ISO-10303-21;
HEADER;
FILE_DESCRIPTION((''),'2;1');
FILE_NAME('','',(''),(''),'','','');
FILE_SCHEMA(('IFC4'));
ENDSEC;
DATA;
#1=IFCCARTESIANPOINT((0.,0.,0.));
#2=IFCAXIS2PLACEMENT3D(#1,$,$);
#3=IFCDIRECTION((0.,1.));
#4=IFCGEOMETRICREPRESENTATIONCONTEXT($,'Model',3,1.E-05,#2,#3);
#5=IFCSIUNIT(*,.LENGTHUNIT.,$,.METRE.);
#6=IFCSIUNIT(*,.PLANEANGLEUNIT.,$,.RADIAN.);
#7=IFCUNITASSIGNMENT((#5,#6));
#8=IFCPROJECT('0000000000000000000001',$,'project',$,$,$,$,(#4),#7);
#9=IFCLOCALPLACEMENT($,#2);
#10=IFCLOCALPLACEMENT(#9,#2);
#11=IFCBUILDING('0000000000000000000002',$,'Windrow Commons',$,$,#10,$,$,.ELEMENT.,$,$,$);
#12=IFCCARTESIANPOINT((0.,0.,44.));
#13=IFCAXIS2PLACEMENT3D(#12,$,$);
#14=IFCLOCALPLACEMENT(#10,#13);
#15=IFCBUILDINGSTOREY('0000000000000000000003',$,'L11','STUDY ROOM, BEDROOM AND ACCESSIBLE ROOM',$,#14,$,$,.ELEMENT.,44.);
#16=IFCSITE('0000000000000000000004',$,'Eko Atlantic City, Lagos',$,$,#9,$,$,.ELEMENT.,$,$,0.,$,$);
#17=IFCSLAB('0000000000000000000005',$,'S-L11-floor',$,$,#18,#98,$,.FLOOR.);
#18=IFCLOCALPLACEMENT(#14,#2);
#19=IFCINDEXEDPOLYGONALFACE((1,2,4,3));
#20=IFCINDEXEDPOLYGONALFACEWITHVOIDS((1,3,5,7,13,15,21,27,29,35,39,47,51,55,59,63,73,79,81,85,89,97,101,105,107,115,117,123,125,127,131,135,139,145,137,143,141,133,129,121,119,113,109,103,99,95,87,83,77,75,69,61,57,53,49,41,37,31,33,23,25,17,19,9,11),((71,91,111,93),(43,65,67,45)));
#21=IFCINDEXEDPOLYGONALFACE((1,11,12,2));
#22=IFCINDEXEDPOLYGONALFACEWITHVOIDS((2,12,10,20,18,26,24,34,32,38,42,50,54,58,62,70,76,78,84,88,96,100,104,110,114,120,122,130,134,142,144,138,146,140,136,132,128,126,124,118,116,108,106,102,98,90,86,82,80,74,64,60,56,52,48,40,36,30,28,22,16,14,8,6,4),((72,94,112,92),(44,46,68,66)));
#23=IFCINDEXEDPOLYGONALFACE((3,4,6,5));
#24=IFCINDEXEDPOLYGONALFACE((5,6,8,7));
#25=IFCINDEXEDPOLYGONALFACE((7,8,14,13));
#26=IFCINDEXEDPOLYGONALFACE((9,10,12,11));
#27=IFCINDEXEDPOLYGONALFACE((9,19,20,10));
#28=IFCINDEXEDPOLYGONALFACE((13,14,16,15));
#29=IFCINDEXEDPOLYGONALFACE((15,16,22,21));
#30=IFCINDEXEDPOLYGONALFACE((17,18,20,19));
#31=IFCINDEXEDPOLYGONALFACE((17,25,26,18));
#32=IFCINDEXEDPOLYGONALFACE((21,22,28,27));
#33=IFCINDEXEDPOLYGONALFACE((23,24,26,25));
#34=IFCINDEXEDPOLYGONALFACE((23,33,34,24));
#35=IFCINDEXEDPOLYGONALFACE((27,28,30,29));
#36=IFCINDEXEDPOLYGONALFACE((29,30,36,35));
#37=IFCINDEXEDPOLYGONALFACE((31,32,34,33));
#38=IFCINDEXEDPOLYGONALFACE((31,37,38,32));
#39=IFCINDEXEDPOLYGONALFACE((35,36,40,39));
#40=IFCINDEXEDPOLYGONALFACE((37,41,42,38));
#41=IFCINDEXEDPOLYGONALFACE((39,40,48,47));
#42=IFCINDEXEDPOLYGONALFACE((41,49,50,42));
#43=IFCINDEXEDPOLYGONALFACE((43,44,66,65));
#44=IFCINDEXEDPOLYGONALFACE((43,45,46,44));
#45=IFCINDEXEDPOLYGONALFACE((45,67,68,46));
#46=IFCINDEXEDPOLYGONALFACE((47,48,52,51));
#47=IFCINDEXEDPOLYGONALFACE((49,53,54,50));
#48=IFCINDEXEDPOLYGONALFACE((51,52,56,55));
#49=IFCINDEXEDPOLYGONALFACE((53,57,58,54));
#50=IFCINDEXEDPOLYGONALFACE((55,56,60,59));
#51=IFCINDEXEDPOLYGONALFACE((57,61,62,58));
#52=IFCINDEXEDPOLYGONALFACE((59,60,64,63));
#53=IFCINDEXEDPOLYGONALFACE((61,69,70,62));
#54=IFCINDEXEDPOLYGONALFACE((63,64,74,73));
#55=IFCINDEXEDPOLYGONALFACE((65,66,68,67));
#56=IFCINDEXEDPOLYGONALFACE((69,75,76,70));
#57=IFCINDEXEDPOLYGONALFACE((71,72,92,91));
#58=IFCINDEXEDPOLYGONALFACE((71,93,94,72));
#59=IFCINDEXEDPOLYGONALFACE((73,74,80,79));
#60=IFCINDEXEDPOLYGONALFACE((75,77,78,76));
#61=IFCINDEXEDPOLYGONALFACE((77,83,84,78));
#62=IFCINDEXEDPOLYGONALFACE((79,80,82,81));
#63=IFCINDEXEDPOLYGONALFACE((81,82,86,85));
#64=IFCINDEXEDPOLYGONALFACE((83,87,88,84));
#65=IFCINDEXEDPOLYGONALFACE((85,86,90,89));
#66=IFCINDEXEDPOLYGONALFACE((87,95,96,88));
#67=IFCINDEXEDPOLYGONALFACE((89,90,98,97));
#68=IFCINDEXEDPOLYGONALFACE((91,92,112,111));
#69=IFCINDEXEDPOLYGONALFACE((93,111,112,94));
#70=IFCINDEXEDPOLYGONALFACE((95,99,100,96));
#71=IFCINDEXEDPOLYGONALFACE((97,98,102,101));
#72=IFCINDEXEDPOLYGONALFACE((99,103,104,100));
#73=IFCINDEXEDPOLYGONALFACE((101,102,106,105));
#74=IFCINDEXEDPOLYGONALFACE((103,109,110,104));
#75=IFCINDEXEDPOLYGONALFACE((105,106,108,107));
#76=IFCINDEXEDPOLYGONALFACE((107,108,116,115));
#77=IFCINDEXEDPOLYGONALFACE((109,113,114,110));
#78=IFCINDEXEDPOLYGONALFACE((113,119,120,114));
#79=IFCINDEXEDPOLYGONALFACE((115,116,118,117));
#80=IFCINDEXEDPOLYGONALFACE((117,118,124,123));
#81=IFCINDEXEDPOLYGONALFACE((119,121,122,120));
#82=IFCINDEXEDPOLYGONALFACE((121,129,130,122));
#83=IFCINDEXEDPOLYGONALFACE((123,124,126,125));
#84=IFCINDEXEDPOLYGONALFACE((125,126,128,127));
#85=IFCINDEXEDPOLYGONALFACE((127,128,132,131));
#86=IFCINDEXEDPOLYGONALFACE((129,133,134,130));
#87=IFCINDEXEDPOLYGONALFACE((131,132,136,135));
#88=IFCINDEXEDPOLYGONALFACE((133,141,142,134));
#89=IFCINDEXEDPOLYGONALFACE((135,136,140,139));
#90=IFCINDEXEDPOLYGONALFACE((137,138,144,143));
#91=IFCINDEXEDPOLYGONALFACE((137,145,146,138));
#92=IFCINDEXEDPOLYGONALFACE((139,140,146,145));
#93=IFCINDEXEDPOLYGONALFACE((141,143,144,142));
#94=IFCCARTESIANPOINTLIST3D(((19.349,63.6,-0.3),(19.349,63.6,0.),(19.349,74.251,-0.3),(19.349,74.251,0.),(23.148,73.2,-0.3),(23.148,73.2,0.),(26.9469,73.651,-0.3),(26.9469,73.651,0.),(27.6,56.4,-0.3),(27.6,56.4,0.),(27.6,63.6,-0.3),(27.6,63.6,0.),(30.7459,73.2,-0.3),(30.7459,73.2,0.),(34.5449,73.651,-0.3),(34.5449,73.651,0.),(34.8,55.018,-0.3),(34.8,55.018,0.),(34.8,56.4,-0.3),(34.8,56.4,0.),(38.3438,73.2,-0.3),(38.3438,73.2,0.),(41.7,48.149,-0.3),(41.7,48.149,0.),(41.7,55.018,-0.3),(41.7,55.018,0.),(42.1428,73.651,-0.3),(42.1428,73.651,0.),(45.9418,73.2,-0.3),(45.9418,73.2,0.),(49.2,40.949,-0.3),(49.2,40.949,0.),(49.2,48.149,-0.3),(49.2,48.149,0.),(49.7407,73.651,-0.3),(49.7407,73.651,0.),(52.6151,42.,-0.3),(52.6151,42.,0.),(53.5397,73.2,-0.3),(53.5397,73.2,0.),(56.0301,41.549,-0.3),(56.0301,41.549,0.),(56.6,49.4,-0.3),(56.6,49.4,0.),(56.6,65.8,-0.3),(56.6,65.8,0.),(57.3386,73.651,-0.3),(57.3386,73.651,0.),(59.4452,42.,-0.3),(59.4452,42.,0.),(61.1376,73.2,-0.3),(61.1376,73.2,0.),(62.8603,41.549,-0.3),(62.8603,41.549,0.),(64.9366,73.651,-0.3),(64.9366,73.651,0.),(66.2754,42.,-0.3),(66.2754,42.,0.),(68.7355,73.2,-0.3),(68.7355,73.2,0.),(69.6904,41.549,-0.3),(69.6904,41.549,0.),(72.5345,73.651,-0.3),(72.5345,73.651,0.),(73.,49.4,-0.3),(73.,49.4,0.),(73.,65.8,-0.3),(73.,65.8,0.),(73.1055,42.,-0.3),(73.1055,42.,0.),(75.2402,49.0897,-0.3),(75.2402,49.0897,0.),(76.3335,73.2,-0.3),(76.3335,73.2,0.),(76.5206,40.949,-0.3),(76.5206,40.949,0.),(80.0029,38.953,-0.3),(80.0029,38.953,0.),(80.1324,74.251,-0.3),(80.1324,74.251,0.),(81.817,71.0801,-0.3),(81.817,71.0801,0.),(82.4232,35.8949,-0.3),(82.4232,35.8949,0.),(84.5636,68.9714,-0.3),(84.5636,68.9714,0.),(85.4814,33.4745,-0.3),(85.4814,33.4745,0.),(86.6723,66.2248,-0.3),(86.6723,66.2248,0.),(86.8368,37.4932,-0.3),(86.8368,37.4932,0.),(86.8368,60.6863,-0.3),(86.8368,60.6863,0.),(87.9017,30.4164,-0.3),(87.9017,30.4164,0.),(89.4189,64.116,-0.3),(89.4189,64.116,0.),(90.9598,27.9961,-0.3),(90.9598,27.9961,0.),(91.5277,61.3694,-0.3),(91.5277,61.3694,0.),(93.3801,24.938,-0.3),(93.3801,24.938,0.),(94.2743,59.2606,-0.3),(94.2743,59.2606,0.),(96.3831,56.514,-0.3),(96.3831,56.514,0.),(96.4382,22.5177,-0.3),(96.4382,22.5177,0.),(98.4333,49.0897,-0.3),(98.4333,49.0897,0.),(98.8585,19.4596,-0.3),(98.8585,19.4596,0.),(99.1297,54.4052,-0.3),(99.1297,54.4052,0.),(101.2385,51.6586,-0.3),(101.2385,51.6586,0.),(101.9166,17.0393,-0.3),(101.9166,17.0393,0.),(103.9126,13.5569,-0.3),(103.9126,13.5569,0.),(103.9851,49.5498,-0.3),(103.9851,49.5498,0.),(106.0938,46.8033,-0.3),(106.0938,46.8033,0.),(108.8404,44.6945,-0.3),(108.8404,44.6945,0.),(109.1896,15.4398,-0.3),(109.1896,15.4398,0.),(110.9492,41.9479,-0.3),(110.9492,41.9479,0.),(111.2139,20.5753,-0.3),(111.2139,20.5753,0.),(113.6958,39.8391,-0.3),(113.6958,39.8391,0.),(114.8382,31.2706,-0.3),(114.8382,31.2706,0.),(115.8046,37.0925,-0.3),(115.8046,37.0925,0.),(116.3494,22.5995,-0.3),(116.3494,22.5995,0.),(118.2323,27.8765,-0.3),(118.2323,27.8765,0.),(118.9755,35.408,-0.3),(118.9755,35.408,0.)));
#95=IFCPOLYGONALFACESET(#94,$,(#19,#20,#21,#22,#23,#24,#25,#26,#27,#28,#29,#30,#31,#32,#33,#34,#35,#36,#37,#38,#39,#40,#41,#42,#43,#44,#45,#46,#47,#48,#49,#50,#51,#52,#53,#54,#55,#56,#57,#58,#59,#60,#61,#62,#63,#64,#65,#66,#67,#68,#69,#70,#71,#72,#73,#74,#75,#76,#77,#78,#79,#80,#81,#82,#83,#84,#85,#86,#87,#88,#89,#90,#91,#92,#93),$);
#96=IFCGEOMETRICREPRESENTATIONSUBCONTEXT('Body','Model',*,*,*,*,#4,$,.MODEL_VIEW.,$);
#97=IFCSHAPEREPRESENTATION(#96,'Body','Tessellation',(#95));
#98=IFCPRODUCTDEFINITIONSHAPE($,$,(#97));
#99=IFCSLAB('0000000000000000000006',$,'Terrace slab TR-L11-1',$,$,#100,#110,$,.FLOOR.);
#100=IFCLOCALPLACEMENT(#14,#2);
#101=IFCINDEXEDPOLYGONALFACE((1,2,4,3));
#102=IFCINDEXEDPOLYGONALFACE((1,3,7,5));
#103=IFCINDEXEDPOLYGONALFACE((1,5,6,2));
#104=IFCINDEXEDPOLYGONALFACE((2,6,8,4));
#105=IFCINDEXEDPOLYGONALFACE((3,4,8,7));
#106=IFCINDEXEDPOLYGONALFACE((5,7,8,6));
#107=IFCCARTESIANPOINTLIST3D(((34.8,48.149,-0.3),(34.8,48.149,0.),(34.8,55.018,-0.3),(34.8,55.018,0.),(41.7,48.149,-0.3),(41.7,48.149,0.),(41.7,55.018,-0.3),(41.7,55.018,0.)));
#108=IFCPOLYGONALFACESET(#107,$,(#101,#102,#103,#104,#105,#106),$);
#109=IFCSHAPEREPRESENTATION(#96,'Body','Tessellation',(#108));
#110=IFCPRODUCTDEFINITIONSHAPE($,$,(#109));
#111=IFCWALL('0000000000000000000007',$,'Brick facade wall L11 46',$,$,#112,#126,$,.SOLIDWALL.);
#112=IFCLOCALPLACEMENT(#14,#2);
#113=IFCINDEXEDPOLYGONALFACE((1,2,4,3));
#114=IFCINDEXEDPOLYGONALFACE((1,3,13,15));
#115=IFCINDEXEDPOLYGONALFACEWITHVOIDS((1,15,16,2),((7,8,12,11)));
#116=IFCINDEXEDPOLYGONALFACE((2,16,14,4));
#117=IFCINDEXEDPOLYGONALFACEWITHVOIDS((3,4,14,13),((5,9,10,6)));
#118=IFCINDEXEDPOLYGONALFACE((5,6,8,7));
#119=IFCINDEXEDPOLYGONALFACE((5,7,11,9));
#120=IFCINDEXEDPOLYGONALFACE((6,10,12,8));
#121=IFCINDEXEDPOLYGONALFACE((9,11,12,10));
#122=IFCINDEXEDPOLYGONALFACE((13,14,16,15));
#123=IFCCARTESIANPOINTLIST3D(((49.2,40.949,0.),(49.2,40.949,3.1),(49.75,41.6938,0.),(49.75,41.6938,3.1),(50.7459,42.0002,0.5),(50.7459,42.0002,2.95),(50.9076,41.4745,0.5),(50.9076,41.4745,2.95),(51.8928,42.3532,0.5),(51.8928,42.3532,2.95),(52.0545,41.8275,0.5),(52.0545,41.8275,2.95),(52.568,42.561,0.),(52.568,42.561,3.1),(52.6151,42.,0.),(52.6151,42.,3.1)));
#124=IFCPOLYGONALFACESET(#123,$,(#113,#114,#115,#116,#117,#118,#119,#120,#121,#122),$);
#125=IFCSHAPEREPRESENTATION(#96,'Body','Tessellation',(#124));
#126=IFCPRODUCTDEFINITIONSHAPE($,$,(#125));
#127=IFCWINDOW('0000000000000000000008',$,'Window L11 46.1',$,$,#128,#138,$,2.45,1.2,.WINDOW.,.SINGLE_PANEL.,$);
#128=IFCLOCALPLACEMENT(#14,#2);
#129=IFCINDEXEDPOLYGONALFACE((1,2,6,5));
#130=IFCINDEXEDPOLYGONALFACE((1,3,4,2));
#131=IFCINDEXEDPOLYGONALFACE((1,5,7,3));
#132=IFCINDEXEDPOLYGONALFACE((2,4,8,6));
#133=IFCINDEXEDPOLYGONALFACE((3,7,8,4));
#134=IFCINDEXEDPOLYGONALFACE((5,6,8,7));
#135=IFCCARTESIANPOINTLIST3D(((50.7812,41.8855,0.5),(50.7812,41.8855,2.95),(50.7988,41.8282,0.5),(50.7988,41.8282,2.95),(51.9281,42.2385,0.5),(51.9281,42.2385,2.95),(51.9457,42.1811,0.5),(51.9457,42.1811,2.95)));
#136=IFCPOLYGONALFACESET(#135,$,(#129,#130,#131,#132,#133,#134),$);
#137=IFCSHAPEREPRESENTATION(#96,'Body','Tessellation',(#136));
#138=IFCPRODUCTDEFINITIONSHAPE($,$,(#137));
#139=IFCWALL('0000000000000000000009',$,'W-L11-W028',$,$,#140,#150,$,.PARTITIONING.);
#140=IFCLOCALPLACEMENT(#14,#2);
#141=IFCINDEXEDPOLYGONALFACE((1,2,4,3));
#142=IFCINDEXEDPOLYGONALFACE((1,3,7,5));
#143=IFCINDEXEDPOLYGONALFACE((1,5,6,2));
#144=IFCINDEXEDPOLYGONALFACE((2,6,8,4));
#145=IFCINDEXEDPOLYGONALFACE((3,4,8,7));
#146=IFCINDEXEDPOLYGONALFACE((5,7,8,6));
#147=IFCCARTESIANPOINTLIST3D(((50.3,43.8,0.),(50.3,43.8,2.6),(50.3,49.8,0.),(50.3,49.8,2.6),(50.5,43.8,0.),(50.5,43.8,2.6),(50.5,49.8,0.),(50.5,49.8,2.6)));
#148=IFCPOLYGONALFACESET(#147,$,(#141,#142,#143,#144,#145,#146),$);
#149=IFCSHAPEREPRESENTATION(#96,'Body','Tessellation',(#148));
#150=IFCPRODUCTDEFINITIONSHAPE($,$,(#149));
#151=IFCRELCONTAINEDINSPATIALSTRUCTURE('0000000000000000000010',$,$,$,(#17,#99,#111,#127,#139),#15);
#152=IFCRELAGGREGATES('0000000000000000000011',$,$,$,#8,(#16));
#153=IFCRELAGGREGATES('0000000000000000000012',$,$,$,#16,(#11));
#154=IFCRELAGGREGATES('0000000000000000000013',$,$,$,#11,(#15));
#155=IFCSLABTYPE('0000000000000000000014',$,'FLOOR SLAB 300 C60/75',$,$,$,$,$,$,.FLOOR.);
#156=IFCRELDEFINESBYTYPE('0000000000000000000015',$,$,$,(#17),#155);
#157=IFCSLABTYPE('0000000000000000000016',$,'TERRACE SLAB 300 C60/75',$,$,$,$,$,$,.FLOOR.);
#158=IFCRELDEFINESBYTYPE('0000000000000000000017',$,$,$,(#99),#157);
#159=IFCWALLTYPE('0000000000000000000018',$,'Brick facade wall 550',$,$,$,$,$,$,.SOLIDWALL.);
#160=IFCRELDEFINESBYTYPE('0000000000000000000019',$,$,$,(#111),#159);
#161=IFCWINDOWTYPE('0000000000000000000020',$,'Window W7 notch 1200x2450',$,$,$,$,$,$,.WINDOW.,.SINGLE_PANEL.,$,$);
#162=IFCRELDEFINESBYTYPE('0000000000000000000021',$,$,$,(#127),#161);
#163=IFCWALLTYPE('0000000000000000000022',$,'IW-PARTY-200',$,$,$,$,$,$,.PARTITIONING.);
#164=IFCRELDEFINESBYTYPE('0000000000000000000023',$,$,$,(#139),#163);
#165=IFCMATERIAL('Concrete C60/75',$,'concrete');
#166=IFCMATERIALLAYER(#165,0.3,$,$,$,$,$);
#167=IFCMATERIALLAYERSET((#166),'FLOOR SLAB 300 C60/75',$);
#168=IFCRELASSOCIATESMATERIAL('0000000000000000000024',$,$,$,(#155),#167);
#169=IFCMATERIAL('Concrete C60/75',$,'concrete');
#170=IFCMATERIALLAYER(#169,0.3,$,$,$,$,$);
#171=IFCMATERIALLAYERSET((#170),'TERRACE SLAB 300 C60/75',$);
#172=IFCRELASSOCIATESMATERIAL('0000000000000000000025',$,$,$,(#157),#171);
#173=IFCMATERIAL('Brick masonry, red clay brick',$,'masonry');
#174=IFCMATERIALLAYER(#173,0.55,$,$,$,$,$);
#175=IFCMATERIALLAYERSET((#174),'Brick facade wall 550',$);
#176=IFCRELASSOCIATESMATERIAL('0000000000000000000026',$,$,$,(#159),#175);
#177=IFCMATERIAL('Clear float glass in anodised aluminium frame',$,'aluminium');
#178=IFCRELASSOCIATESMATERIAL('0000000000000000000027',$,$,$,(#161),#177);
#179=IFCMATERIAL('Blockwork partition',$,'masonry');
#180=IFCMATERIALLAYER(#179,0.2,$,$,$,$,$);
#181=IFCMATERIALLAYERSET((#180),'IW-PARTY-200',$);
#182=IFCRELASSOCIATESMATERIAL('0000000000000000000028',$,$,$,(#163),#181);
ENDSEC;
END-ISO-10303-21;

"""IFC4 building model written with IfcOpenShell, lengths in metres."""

from ifc_helpers import new_model, si_unit, direction, frame, frame_2d, origin, place, context, subcontext, project, spatial, polyline, rectangle, outline, extrude, material, layer, layer_set, type_object, element, fill, save


model = new_model("IFC4")

# Units and contexts
model_context = context("Model", 3, precision=1e-05, world=origin(), true_north=direction((0.0, 1.0)))
body_context = subcontext(model_context, "Body", "Model", "MODEL_VIEW")
ifc_project = project(units=[si_unit("LENGTHUNIT", "METRE"), si_unit("PLANEANGLEUNIT", "RADIAN")], contexts=[model_context])

# Site, building, storey
site_placement = place(None, origin())
site = spatial("IfcSite", under=ifc_project, at=site_placement, Name="Eko Atlantic City, Lagos", CompositionType="ELEMENT", RefElevation=0.0)
building_placement = place(site_placement, origin())
building = spatial("IfcBuilding", under=site, at=building_placement, Name="Windrow Commons", CompositionType="ELEMENT")
storey_placement = place(building_placement, frame((0.0, 0.0, 44.0)))
storey = spatial("IfcBuildingStorey", under=building, at=storey_placement, Name="L11", Description="STUDY ROOM, BEDROOM AND ACCESSIBLE ROOM", CompositionType="ELEMENT", Elevation=44.0)

# Shared definitions
placement_1 = place(storey_placement, frame((0.0, 0.0, -0.3)))

# Slab, openings
ifc_material_1 = material(Name="Concrete C60/75", Category="concrete")
ifc_layer_1 = layer(ifc_material_1, 0.3)
ifc_layer_set_1 = layer_set([ifc_layer_1], Name="FLOOR SLAB 300 C60/75")
slab_type_1 = type_object("IfcSlabType", Name="FLOOR SLAB 300 C60/75", PredefinedType="FLOOR", material=ifc_layer_set_1)
slab_1 = element("IfcSlab", 1, at=placement_1, inside=storey, type_object=slab_type_1, Name="S-L11-floor", PredefinedType="FLOOR", context=body_context, shape_type="SweptSolid", body=[
    extrude(outline(polyline([(98.8585, 19.4596), (101.9166, 17.0393), (103.9126, 13.5569), (109.1896, 15.4398), (111.2139, 20.5753), (116.3494, 22.5995), (118.2323, 27.8765), (114.8382, 31.2706), (118.9755, 35.408), (115.8046, 37.0925), (113.6958, 39.8391), (110.9492, 41.9479), (108.8404, 44.6945), (106.0938, 46.8033), (103.9851, 49.5498), (101.2385, 51.6586), (99.1297, 54.4052), (96.3831, 56.514), (94.2743, 59.2606), (91.5277, 61.3694), (89.4189, 64.116), (86.6723, 66.2248), (84.5636, 68.9714), (81.817, 71.0801), (80.1324, 74.251), (76.3335, 73.2), (72.5345, 73.651), (68.7355, 73.2), (64.9366, 73.651), (61.1376, 73.2), (57.3386, 73.651), (53.5397, 73.2), (49.7407, 73.651), (45.9418, 73.2), (42.1428, 73.651), (38.3438, 73.2), (34.5449, 73.651), (30.7459, 73.2), (26.9469, 73.651), (23.148, 73.2), (19.349, 74.251), (19.349, 63.6), (27.6, 63.6), (27.6, 56.4), (34.8, 56.4), (34.8, 55.018), (41.7, 55.018), (41.7, 48.149), (49.2, 48.149), (49.2, 40.949), (52.6151, 42.0), (56.0301, 41.549), (59.4452, 42.0), (62.8603, 41.549), (66.2754, 42.0), (69.6904, 41.549), (73.1055, 42.0), (76.5206, 40.949), (80.0029, 38.953), (82.4232, 35.8949), (85.4814, 33.4745), (87.9017, 30.4164), (90.9598, 27.9961), (93.3801, 24.938), (96.4382, 22.5177), (98.8585, 19.4596)]), holes=[polyline([(75.2402, 49.0897), (86.8368, 60.6863), (98.4333, 49.0897), (86.8368, 37.4932), (75.2402, 49.0897)]), polyline([(56.6, 49.4), (56.6, 65.8), (73.0, 65.8), (73.0, 49.4), (56.6, 49.4)])]), origin(), (0.0, 0.0, 1.0), 0.3),
])
opening_1_placement = place(placement_1, origin())
element("IfcOpeningElement", 2, at=opening_1_placement, cuts=slab_1, PredefinedType="OPENING", context=body_context, shape_type="SweptSolid", body=[
    extrude(outline(polyline([(75.2473, 49.0897), (86.8368, 60.6792), (98.4262, 49.0897), (86.8368, 37.5003), (75.2473, 49.0897)])), origin(), (0.0, 0.0, 1.0), 0.3),
])
opening_2_placement = place(placement_1, origin())
element("IfcOpeningElement", 3, at=opening_2_placement, cuts=slab_1, PredefinedType="OPENING", context=body_context, shape_type="SweptSolid", body=[
    extrude(outline(polyline([(56.605, 49.405), (56.605, 65.795), (72.995, 65.795), (72.995, 49.405), (56.605, 49.405)])), origin(), (0.0, 0.0, 1.0), 0.3),
])

# Slab
ifc_material_2 = material(Name="Concrete C60/75", Category="concrete")
ifc_layer_2 = layer(ifc_material_2, 0.3)
ifc_layer_set_2 = layer_set([ifc_layer_2], Name="TERRACE SLAB 300 C60/75")
slab_type_2 = type_object("IfcSlabType", Name="TERRACE SLAB 300 C60/75", PredefinedType="FLOOR", material=ifc_layer_set_2)
element("IfcSlab", 4, at=placement_1, inside=storey, type_object=slab_type_2, Name="Terrace slab TR-L11-1", PredefinedType="FLOOR", context=body_context, shape_type="SweptSolid", body=[
    extrude(outline(polyline([(34.8, 55.018), (34.8, 48.149), (41.7, 48.149), (41.7, 55.018), (34.8, 55.018)])), origin(), (0.0, 0.0, 1.0), 0.3),
])

# Wall, opening, window
ifc_material_3 = material(Name="Brick masonry, red clay brick", Category="masonry")
ifc_layer_3 = layer(ifc_material_3, 0.55)
ifc_layer_set_3 = layer_set([ifc_layer_3], Name="Brick facade wall 550")
wall_type_1 = type_object("IfcWallType", Name="Brick facade wall 550", PredefinedType="SOLIDWALL", material=ifc_layer_set_3)
wall_1_placement = place(storey_placement, frame((49.475, 41.3214, 0.0), z_axis=(0.0, 0.0, 1.0), x_axis=(0.955766, 0.294127, 0.0)))
wall_1 = element("IfcWall", 5, at=wall_1_placement, inside=storey, type_object=wall_type_1, Name="Brick facade wall L11 46", PredefinedType="SOLIDWALL", context=body_context, shape_type="SweptSolid", body=[
    extrude(outline(polyline([(-0.3724, -0.275), (3.2008, -0.275), (3.3208, 0.275), (0.3724, 0.275), (-0.3724, -0.275)])), origin(), (0.0, 0.0, 1.0), 3.1),
])
opening_3_placement = place(wall_1_placement, frame((1.4143, 0.0, 0.5)))
opening_3 = element("IfcOpeningElement", 6, at=opening_3_placement, cuts=wall_1, PredefinedType="OPENING", context=body_context, shape_type="SweptSolid", body=[
    extrude(rectangle(XDim=1.2, YDim=2.45, at=frame_2d((0.6, 1.225))), frame((0.0, 0.285, 0.0), z_axis=(0.0, -1.0, 0.0), x_axis=(1.0, 0.0, 0.0)), (0.0, 0.0, 1.0), 0.57),
])
ifc_material_4 = material(Name="Clear float glass in anodised aluminium frame", Category="aluminium")
window_type = type_object("IfcWindowType", Name="Window W7 notch 1200x2450", PartitioningType="SINGLE_PANEL", PredefinedType="WINDOW", material=ifc_material_4)
window_placement = place(opening_3_placement, origin())
window = element("IfcWindow", 7, at=window_placement, inside=storey, type_object=window_type, Name="Window L11 46.1", OverallHeight=2.45, OverallWidth=1.2, PartitioningType="SINGLE_PANEL", PredefinedType="WINDOW", context=body_context, shape_type="SweptSolid", body=[
    extrude(rectangle(XDim=1.2, YDim=2.45, at=frame_2d((0.6, 1.225))), frame((0.0, 0.155, 0.0), z_axis=(0.0, -1.0, 0.0), x_axis=(1.0, 0.0, 0.0)), (0.0, 0.0, 1.0), 0.06),
])
fill(opening_3, window)

# Wall
ifc_material_5 = material(Name="Blockwork partition", Category="masonry")
ifc_layer_4 = layer(ifc_material_5, 0.2)
ifc_layer_set_4 = layer_set([ifc_layer_4], Name="IW-PARTY-200")
wall_type_2 = type_object("IfcWallType", Name="IW-PARTY-200", PredefinedType="PARTITIONING", material=ifc_layer_set_4)
wall_2_placement = place(storey_placement, frame((50.4, 43.8, 0.0), z_axis=(0.0, 0.0, 1.0), x_axis=(0.0, 1.0, 0.0)))
element("IfcWall", 8, at=wall_2_placement, inside=storey, type_object=wall_type_2, Name="W-L11-W028", PredefinedType="PARTITIONING", context=body_context, shape_type="SweptSolid", body=[
    extrude(rectangle(XDim=6.0, YDim=0.2, at=frame_2d((3.0, 0.0))), origin(), (0.0, 0.0, 1.0), 2.6),
])

save(model, "model.ifc")
